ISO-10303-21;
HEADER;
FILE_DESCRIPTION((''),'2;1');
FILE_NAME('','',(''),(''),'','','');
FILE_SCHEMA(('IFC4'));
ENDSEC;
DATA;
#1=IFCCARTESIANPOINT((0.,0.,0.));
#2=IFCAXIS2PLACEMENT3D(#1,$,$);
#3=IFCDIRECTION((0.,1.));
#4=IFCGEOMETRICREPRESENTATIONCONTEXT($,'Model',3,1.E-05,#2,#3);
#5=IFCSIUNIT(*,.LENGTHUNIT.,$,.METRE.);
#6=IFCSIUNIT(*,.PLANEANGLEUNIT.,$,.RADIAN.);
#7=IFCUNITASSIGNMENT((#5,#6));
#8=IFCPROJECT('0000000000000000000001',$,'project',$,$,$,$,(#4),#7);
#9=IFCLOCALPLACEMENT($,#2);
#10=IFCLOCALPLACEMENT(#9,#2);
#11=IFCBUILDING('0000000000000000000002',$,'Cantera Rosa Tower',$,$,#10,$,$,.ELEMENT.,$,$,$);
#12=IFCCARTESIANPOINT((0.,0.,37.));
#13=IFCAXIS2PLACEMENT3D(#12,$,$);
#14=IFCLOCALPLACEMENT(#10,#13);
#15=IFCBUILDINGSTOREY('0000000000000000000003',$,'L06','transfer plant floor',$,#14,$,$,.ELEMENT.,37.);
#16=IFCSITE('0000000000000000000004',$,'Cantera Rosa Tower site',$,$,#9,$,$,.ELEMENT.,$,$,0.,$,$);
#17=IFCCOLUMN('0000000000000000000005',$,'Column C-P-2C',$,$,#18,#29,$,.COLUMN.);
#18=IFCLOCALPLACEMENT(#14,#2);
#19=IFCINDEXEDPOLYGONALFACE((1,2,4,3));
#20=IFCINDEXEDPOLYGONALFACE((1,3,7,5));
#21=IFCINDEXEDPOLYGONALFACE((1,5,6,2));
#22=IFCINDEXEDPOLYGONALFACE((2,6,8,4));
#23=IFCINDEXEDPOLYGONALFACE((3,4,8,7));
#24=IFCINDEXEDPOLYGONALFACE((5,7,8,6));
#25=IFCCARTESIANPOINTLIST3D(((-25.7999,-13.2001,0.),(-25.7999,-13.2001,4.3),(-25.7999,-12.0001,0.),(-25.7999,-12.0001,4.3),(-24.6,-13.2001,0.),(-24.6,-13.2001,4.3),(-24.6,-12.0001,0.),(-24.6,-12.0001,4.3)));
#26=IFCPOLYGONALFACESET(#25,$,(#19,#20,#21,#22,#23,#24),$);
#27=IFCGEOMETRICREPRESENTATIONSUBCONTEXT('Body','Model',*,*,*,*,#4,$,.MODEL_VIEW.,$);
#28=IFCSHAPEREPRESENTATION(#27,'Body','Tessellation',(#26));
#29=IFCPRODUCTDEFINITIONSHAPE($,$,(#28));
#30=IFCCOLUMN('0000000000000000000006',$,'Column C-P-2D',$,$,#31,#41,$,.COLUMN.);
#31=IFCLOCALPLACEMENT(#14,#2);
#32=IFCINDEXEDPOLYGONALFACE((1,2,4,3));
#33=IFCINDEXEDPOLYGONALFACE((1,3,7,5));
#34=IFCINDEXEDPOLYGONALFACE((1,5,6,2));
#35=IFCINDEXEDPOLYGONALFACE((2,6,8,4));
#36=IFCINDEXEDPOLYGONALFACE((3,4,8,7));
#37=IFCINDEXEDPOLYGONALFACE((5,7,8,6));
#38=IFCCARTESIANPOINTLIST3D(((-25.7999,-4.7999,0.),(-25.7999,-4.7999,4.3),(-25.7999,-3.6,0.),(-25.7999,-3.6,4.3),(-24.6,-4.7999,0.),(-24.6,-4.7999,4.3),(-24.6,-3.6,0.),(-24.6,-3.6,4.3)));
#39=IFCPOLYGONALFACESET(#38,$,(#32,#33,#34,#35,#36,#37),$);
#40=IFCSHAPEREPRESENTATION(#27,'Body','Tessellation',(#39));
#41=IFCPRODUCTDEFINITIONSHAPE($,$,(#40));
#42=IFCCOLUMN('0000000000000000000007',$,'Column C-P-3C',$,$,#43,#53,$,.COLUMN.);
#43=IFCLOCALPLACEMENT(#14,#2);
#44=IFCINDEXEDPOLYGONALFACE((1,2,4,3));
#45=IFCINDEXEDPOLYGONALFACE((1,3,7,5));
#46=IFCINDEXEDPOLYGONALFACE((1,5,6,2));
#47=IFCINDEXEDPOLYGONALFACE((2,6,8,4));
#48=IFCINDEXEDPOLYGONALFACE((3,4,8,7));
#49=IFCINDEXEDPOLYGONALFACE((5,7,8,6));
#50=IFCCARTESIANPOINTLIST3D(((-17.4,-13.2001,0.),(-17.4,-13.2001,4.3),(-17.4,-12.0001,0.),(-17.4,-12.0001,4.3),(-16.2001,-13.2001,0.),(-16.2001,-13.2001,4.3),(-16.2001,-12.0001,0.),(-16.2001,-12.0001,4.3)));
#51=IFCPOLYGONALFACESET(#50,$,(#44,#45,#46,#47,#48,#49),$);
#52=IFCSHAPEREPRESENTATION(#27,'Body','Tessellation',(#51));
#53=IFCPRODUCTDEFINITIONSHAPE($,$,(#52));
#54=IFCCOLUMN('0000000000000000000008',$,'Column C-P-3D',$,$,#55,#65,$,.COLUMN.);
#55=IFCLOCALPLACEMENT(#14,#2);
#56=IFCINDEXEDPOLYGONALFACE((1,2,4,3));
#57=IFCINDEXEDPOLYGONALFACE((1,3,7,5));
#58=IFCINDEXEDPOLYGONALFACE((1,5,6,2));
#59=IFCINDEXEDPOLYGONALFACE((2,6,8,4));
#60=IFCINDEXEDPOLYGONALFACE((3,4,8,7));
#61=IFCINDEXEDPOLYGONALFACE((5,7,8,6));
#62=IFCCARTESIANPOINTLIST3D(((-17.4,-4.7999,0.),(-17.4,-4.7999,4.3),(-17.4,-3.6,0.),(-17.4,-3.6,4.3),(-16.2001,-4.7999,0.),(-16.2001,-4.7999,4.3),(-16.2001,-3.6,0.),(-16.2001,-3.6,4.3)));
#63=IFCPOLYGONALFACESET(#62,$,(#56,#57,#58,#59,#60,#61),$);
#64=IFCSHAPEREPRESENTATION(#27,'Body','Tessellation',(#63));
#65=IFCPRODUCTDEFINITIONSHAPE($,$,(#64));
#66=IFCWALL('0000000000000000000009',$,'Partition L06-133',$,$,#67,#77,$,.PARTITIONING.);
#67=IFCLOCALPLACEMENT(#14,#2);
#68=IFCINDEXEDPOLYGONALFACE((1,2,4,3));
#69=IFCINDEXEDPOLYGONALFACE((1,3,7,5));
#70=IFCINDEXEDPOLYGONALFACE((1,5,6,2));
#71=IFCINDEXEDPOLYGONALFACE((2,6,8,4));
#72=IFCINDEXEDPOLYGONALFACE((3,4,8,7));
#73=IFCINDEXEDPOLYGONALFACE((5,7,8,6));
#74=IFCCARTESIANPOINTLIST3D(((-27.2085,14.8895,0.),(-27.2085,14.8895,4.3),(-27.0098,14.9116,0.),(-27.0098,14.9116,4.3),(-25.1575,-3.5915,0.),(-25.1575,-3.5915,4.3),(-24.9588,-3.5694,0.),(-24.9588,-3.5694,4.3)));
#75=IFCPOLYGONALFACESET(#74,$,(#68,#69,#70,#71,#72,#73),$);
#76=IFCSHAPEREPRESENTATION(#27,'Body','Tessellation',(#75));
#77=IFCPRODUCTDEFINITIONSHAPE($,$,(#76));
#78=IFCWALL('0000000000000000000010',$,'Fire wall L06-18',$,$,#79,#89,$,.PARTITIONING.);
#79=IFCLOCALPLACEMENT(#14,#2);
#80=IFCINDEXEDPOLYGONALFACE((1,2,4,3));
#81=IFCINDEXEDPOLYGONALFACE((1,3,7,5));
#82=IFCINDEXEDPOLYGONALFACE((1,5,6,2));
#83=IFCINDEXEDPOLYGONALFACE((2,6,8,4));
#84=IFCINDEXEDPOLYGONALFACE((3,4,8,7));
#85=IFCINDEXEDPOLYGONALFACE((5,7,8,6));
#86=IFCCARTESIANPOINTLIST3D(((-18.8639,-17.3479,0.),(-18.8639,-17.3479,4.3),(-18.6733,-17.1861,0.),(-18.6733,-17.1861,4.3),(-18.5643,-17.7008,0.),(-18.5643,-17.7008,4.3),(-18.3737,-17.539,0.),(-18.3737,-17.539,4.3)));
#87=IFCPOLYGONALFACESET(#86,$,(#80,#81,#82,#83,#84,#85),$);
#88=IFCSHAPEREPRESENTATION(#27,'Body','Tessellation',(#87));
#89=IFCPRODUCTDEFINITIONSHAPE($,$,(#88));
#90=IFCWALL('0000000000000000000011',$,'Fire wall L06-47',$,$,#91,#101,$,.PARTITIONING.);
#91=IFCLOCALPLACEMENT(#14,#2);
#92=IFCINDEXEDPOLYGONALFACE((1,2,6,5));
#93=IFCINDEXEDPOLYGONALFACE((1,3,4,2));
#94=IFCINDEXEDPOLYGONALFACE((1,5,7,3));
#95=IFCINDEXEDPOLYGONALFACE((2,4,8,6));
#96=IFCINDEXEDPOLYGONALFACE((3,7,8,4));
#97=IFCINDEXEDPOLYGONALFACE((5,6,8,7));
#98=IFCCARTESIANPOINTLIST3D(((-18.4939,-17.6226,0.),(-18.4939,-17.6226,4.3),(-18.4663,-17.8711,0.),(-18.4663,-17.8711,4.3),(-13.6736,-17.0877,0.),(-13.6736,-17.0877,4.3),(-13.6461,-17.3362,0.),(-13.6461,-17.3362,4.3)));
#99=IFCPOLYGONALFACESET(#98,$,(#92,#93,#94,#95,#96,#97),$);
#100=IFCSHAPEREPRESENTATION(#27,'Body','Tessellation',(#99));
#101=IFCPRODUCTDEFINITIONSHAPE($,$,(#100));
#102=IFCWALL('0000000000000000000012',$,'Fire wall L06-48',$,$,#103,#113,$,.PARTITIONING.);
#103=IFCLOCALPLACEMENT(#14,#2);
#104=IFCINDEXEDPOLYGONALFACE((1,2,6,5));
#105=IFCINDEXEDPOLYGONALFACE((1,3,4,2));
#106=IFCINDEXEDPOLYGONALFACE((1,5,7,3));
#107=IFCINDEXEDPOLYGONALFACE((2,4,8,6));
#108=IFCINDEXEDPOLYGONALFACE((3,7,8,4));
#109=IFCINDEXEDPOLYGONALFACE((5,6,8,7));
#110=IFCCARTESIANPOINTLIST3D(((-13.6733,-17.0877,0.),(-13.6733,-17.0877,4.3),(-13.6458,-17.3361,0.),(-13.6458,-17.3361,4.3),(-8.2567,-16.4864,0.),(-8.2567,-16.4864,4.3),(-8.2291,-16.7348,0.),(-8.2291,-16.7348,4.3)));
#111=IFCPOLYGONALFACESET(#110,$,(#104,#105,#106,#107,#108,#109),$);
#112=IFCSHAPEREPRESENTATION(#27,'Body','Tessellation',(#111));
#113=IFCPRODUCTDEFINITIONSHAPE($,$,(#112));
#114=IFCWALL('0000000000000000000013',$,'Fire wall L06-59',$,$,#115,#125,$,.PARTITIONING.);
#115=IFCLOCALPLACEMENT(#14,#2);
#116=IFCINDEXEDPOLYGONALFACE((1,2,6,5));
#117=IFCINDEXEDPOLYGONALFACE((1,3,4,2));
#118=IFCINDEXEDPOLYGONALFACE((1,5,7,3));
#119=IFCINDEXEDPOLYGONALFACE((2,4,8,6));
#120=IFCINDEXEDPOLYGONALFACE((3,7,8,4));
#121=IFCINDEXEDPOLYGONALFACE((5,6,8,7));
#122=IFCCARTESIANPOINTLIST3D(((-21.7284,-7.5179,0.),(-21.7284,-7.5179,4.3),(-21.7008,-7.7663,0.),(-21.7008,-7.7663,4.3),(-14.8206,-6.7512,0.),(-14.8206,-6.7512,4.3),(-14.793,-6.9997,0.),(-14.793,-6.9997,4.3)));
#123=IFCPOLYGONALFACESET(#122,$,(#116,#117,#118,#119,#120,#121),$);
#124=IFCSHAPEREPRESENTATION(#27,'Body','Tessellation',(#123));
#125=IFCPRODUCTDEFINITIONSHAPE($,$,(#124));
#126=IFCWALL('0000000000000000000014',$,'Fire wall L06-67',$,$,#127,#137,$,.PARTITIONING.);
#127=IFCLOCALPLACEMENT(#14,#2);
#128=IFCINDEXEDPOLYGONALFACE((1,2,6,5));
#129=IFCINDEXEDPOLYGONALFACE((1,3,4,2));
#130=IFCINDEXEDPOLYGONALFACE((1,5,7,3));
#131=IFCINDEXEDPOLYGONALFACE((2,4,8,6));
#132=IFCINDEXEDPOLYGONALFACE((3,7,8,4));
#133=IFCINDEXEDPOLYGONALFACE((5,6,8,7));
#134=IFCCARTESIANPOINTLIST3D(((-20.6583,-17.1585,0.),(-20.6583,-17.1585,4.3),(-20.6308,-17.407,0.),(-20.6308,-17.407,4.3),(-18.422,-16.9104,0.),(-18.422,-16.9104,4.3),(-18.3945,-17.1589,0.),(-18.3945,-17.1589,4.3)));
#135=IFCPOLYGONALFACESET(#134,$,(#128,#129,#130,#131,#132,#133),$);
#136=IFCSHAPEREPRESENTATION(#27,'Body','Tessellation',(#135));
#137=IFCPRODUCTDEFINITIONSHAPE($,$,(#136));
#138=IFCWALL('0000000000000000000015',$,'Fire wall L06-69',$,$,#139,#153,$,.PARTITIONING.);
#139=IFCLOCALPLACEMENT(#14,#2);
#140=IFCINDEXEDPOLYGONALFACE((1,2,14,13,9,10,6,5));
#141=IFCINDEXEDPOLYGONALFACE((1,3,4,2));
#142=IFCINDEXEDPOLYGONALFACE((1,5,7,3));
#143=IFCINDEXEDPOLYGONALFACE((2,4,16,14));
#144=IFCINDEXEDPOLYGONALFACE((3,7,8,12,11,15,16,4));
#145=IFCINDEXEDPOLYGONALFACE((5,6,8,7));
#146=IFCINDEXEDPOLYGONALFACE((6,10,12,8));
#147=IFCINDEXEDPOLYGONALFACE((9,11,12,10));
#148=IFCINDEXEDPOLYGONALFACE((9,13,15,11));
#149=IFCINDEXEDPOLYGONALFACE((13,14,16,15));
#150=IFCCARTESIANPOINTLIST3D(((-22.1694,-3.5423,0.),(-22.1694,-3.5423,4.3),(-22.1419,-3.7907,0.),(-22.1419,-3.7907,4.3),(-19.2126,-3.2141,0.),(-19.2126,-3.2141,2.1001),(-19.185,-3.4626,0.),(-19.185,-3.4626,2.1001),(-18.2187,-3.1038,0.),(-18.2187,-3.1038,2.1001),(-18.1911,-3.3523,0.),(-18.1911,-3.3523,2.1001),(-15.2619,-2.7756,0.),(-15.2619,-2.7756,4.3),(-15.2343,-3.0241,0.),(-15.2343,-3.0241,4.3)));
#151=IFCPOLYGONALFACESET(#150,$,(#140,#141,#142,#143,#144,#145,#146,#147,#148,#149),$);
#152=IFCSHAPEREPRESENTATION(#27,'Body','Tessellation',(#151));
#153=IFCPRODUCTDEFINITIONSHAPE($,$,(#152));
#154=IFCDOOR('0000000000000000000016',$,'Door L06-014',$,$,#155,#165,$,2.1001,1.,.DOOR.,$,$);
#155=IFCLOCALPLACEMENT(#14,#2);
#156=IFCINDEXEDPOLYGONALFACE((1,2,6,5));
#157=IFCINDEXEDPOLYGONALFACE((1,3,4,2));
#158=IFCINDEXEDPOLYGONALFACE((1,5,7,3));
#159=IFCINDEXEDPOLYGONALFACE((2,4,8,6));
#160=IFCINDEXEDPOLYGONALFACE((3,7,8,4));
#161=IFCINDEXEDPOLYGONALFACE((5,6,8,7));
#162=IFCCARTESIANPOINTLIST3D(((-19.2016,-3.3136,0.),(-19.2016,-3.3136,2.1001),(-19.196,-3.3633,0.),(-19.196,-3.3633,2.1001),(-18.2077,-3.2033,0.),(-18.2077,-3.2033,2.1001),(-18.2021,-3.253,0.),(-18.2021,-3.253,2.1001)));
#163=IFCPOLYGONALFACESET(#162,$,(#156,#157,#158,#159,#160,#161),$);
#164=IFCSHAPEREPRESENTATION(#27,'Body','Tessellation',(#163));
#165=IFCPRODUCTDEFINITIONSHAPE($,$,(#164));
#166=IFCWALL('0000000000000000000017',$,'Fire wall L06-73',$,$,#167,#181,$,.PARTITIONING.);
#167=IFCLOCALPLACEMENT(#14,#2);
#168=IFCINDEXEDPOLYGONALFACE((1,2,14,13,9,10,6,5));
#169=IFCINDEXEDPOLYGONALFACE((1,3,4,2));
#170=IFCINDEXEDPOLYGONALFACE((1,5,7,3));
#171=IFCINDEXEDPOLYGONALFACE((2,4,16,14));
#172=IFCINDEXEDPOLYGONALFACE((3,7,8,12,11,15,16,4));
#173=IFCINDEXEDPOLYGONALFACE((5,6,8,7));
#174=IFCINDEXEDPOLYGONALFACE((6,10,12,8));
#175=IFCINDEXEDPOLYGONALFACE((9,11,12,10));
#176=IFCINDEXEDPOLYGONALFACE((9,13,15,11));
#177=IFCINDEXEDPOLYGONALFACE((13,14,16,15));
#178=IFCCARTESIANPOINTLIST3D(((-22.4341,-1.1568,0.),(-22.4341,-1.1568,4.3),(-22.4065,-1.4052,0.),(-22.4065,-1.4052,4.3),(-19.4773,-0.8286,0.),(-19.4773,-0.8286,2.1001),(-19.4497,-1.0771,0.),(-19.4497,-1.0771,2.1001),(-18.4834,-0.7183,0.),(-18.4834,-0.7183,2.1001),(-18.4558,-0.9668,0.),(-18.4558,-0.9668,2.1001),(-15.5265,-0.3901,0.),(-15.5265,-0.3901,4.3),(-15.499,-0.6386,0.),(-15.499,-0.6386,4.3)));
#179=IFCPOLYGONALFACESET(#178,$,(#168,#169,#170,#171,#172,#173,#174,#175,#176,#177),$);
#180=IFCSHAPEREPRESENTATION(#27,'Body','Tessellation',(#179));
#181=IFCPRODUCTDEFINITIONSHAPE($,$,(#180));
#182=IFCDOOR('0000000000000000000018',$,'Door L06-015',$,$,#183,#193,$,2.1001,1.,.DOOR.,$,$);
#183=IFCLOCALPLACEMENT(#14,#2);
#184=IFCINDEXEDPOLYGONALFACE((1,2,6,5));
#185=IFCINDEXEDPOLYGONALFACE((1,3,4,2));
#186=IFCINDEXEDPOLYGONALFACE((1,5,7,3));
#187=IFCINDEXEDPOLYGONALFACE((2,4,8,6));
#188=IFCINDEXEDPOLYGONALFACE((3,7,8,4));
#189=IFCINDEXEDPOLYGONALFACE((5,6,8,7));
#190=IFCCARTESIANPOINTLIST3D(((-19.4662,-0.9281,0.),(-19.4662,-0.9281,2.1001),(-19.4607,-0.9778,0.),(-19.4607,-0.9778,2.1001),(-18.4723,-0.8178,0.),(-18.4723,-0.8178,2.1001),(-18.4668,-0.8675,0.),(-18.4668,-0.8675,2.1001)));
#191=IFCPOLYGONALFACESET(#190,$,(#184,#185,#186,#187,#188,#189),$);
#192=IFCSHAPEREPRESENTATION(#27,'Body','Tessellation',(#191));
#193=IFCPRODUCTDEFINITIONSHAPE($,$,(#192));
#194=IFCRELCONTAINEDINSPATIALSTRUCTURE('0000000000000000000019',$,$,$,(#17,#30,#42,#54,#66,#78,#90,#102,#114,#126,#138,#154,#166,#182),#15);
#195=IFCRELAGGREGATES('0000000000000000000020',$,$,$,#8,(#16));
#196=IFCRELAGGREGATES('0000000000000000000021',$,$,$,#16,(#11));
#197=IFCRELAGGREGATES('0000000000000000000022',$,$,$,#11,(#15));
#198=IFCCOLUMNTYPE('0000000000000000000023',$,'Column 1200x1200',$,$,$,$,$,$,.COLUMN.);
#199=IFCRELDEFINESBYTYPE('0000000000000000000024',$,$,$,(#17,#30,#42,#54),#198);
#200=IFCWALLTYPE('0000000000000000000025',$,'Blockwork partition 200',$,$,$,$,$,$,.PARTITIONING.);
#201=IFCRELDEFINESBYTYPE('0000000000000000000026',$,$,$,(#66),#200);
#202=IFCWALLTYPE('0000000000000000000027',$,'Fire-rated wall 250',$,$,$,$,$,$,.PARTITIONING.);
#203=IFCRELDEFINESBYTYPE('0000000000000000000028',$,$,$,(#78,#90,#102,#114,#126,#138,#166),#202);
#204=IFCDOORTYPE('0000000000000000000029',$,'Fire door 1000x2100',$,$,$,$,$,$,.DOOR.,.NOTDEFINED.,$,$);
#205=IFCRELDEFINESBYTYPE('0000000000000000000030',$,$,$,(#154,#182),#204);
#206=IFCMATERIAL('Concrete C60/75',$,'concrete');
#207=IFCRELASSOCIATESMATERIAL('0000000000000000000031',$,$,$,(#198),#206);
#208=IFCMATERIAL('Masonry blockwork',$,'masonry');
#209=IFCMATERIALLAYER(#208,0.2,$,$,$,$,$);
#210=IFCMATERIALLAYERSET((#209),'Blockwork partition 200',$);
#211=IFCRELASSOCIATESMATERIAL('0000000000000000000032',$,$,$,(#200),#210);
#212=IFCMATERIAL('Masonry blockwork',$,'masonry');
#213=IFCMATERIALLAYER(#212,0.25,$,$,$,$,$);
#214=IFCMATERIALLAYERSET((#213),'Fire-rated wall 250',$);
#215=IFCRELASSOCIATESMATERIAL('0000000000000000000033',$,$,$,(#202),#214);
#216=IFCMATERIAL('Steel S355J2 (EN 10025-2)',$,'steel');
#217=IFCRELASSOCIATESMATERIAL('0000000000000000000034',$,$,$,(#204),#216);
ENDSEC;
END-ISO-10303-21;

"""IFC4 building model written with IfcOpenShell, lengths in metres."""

from ifc_helpers import new_model, si_unit, direction, frame, frame_2d, origin, origin_2d, place, context, subcontext, project, spatial, rectangle, extrude, material, layer, layer_set, material_profile, profile_set, type_object, element, fill, save


model = new_model("IFC4")

# Units and contexts
model_context = context("Model", 3, precision=1e-05, world=origin(), true_north=direction((0.0, 1.0)))
body_context = subcontext(model_context, "Body", "Model", "MODEL_VIEW")
ifc_project = project(units=[si_unit("LENGTHUNIT", "METRE"), si_unit("PLANEANGLEUNIT", "RADIAN")], contexts=[model_context])

# Site, building, storey
site_placement = place(None, origin())
site = spatial("IfcSite", under=ifc_project, at=site_placement, Name="Cantera Rosa Tower site", CompositionType="ELEMENT", RefElevation=0.0)
building_placement = place(site_placement, origin())
building = spatial("IfcBuilding", under=site, at=building_placement, Name="Cantera Rosa Tower", CompositionType="ELEMENT")
storey_placement = place(building_placement, frame((0.0, 0.0, 37.0)))
storey = spatial("IfcBuildingStorey", under=building, at=storey_placement, Name="L06", Description="transfer plant floor", CompositionType="ELEMENT", Elevation=37.0)

# Columns
ifc_material_1 = material(Name="Concrete C60/75", Category="concrete")
ifc_material_profile = material_profile(ifc_material_1, rectangle(XDim=1.2, YDim=1.2, at=origin_2d()), Name="Column 1200x1200")
ifc_profile_set = profile_set([ifc_material_profile], Name="Concrete C60/75")
column_type = type_object("IfcColumnType", Name="Column 1200x1200", PredefinedType="COLUMN", material=ifc_profile_set)
for number, where, z_axis, x_axis, name in (
    (1, (-25.2, -12.6001, 0.0), (0.0, 0.0, 1.0), (1.0, 0.0, 0.0), "Column C-P-2C"),
    (2, (-25.2, -4.2, 0.0), (0.0, 0.0, 1.0), (1.0, 0.0, 0.0), "Column C-P-2D"),
    (3, (-16.8, -12.6001, 0.0), (0.0, 0.0, 1.0), (1.0, 0.0, 0.0), "Column C-P-3C"),
    (4, (-16.8, -4.2, 0.0), (0.0, 0.0, 1.0), (1.0, 0.0, 0.0), "Column C-P-3D"),
):
    element("IfcColumn", number, at=place(storey_placement, frame(where, z_axis=z_axis, x_axis=x_axis)), inside=storey, type_object=column_type, Name=name, PredefinedType="COLUMN", context=body_context, shape_type="SweptSolid", body=[
        extrude(rectangle(XDim=1.2, YDim=1.2, at=origin_2d()), origin(), (0.0, 0.0, 1.0), 4.3),
    ])

# Walls
ifc_material_2 = material(Name="Masonry blockwork", Category="masonry")
ifc_layer_1 = layer(ifc_material_2, 0.2)
ifc_layer_set_1 = layer_set([ifc_layer_1], Name="Blockwork partition 200")
wall_type_1 = type_object("IfcWallType", Name="Blockwork partition 200", PredefinedType="PARTITIONING", material=ifc_layer_set_1)
wall_1_placement = place(storey_placement, frame((-25.0581, -3.5806, 0.0), z_axis=(0.0, 0.0, 1.0), x_axis=(-0.110303, 0.993898, 0.0)))
element("IfcWall", 5, at=wall_1_placement, inside=storey, type_object=wall_type_1, Name="Partition L06-133", PredefinedType="PARTITIONING", context=body_context, shape_type="SweptSolid", body=[
    extrude(rectangle(XDim=18.5945, YDim=0.2, at=frame_2d((9.2974, 0.0))), origin(), (0.0, 0.0, 1.0), 4.3),
])
ifc_material_3 = material(Name="Masonry blockwork", Category="masonry")
ifc_layer_2 = layer(ifc_material_3, 0.25)
ifc_layer_set_2 = layer_set([ifc_layer_2], Name="Fire-rated wall 250")
wall_type_2 = type_object("IfcWallType", Name="Fire-rated wall 250", PredefinedType="PARTITIONING", material=ifc_layer_set_2)
wall_2_placement = place(storey_placement, frame((-18.469, -17.6199, 0.0), z_axis=(0.0, 0.0, 1.0), x_axis=(-0.647266, 0.762265, 0.0)))
element("IfcWall", 6, at=wall_2_placement, inside=storey, type_object=wall_type_2, Name="Fire wall L06-18", PredefinedType="PARTITIONING", context=body_context, shape_type="SweptSolid", body=[
    extrude(rectangle(XDim=0.4629, YDim=0.25, at=frame_2d((0.2314, 0.0))), origin(), (0.0, 0.0, 1.0), 4.3),
])
wall_3_placement = place(storey_placement, frame((-18.48, -17.7468, 0.0), z_axis=(0.0, 0.0, 1.0), x_axis=(0.993899, 0.110293, 0.0)))
element("IfcWall", 7, at=wall_3_placement, inside=storey, type_object=wall_type_2, Name="Fire wall L06-47", PredefinedType="PARTITIONING", context=body_context, shape_type="SweptSolid", body=[
    extrude(rectangle(XDim=4.8499, YDim=0.25, at=frame_2d((2.4248, 0.0))), origin(), (0.0, 0.0, 1.0), 4.3),
])
wall_4_placement = place(storey_placement, frame((-13.6597, -17.2119, 0.0), z_axis=(0.0, 0.0, 1.0), x_axis=(0.993895, 0.110333, 0.0)))
element("IfcWall", 8, at=wall_4_placement, inside=storey, type_object=wall_type_2, Name="Fire wall L06-48", PredefinedType="PARTITIONING", context=body_context, shape_type="SweptSolid", body=[
    extrude(rectangle(XDim=5.45, YDim=0.25, at=frame_2d((2.7251, 0.0))), origin(), (0.0, 0.0, 1.0), 4.3),
])
wall_5_placement = place(storey_placement, frame((-21.7146, -7.6421, 0.0), z_axis=(0.0, 0.0, 1.0), x_axis=(0.993898, 0.1103, 0.0)))
element("IfcWall", 9, at=wall_5_placement, inside=storey, type_object=wall_type_2, Name="Fire wall L06-59", PredefinedType="PARTITIONING", context=body_context, shape_type="SweptSolid", body=[
    extrude(rectangle(XDim=6.9502, YDim=0.25, at=frame_2d((3.4751, 0.0))), origin(), (0.0, 0.0, 1.0), 4.3),
])
wall_6_placement = place(storey_placement, frame((-20.6445, -17.2827, 0.0), z_axis=(0.0, 0.0, 1.0), x_axis=(0.993905, 0.110241, 0.0)))
element("IfcWall", 10, at=wall_6_placement, inside=storey, type_object=wall_type_2, Name="Fire wall L06-67", PredefinedType="PARTITIONING", context=body_context, shape_type="SweptSolid", body=[
    extrude(rectangle(XDim=2.25, YDim=0.25, at=frame_2d((1.125, 0.0))), origin(), (0.0, 0.0, 1.0), 4.3),
])

# Walls, openings, doors
wall_7_placement = place(storey_placement, frame((-22.1558, -3.6665, 0.0), z_axis=(0.0, 0.0, 1.0), x_axis=(0.993898, 0.110304, 0.0)))
wall_7 = element("IfcWall", 11, at=wall_7_placement, inside=storey, type_object=wall_type_2, Name="Fire wall L06-69", PredefinedType="PARTITIONING", context=body_context, shape_type="SweptSolid", body=[
    extrude(rectangle(XDim=6.95, YDim=0.25, at=frame_2d((3.4751, 0.0))), origin(), (0.0, 0.0, 1.0), 4.3),
])
opening_1_placement = place(wall_7_placement, frame((2.9751, 0.0, 0.0)))
opening_1 = element("IfcOpeningElement", 12, at=opening_1_placement, cuts=wall_7, PredefinedType="OPENING", context=body_context, shape_type="SweptSolid", body=[
    extrude(rectangle(XDim=1.0, YDim=2.1001, at=frame_2d((0.5, 1.05))), frame((0.0, 0.135, 0.0), z_axis=(0.0, -1.0, 0.0), x_axis=(1.0, 0.0, 0.0)), (0.0, 0.0, 1.0), 0.27),
])
ifc_material_4 = material(Name="Steel S355J2 (EN 10025-2)", Category="steel")
door_type = type_object("IfcDoorType", Name="Fire door 1000x2100", OperationType="NOTDEFINED", PredefinedType="DOOR", material=ifc_material_4)
door_1_placement = place(opening_1_placement, origin())
door_1 = element("IfcDoor", 13, at=door_1_placement, inside=storey, type_object=door_type, Name="Door L06-014", OverallHeight=2.1001, OverallWidth=1.0, PredefinedType="DOOR", context=body_context, shape_type="SweptSolid", body=[
    extrude(rectangle(XDim=1.0, YDim=2.1001, at=frame_2d((0.5, 1.05))), frame((0.0, 0.0249, 0.0), z_axis=(0.0, -1.0, 0.0), x_axis=(1.0, 0.0, 0.0)), (0.0, 0.0, 1.0), 0.05),
])
fill(opening_1, door_1)
wall_8_placement = place(storey_placement, frame((-22.4204, -1.281, 0.0), z_axis=(0.0, 0.0, 1.0), x_axis=(0.993898, 0.110304, 0.0)))
wall_8 = element("IfcWall", 14, at=wall_8_placement, inside=storey, type_object=wall_type_2, Name="Fire wall L06-73", PredefinedType="PARTITIONING", context=body_context, shape_type="SweptSolid", body=[
    extrude(rectangle(XDim=6.95, YDim=0.25, at=frame_2d((3.4751, 0.0))), origin(), (0.0, 0.0, 1.0), 4.3),
])
opening_2_placement = place(wall_8_placement, frame((2.9751, 0.0, 0.0)))
opening_2 = element("IfcOpeningElement", 15, at=opening_2_placement, cuts=wall_8, PredefinedType="OPENING", context=body_context, shape_type="SweptSolid", body=[
    extrude(rectangle(XDim=1.0, YDim=2.1001, at=frame_2d((0.5, 1.05))), frame((0.0, 0.135, 0.0), z_axis=(0.0, -1.0, 0.0), x_axis=(1.0, 0.0, 0.0)), (0.0, 0.0, 1.0), 0.27),
])
door_2_placement = place(opening_2_placement, origin())
door_2 = element("IfcDoor", 16, at=door_2_placement, inside=storey, type_object=door_type, Name="Door L06-015", OverallHeight=2.1001, OverallWidth=1.0, PredefinedType="DOOR", context=body_context, shape_type="SweptSolid", body=[
    extrude(rectangle(XDim=1.0, YDim=2.1001, at=frame_2d((0.5, 1.05))), frame((0.0, 0.0249, 0.0), z_axis=(0.0, -1.0, 0.0), x_axis=(1.0, 0.0, 0.0)), (0.0, 0.0, 1.0), 0.05),
])
fill(opening_2, door_2)

save(model, "model.ifc")
